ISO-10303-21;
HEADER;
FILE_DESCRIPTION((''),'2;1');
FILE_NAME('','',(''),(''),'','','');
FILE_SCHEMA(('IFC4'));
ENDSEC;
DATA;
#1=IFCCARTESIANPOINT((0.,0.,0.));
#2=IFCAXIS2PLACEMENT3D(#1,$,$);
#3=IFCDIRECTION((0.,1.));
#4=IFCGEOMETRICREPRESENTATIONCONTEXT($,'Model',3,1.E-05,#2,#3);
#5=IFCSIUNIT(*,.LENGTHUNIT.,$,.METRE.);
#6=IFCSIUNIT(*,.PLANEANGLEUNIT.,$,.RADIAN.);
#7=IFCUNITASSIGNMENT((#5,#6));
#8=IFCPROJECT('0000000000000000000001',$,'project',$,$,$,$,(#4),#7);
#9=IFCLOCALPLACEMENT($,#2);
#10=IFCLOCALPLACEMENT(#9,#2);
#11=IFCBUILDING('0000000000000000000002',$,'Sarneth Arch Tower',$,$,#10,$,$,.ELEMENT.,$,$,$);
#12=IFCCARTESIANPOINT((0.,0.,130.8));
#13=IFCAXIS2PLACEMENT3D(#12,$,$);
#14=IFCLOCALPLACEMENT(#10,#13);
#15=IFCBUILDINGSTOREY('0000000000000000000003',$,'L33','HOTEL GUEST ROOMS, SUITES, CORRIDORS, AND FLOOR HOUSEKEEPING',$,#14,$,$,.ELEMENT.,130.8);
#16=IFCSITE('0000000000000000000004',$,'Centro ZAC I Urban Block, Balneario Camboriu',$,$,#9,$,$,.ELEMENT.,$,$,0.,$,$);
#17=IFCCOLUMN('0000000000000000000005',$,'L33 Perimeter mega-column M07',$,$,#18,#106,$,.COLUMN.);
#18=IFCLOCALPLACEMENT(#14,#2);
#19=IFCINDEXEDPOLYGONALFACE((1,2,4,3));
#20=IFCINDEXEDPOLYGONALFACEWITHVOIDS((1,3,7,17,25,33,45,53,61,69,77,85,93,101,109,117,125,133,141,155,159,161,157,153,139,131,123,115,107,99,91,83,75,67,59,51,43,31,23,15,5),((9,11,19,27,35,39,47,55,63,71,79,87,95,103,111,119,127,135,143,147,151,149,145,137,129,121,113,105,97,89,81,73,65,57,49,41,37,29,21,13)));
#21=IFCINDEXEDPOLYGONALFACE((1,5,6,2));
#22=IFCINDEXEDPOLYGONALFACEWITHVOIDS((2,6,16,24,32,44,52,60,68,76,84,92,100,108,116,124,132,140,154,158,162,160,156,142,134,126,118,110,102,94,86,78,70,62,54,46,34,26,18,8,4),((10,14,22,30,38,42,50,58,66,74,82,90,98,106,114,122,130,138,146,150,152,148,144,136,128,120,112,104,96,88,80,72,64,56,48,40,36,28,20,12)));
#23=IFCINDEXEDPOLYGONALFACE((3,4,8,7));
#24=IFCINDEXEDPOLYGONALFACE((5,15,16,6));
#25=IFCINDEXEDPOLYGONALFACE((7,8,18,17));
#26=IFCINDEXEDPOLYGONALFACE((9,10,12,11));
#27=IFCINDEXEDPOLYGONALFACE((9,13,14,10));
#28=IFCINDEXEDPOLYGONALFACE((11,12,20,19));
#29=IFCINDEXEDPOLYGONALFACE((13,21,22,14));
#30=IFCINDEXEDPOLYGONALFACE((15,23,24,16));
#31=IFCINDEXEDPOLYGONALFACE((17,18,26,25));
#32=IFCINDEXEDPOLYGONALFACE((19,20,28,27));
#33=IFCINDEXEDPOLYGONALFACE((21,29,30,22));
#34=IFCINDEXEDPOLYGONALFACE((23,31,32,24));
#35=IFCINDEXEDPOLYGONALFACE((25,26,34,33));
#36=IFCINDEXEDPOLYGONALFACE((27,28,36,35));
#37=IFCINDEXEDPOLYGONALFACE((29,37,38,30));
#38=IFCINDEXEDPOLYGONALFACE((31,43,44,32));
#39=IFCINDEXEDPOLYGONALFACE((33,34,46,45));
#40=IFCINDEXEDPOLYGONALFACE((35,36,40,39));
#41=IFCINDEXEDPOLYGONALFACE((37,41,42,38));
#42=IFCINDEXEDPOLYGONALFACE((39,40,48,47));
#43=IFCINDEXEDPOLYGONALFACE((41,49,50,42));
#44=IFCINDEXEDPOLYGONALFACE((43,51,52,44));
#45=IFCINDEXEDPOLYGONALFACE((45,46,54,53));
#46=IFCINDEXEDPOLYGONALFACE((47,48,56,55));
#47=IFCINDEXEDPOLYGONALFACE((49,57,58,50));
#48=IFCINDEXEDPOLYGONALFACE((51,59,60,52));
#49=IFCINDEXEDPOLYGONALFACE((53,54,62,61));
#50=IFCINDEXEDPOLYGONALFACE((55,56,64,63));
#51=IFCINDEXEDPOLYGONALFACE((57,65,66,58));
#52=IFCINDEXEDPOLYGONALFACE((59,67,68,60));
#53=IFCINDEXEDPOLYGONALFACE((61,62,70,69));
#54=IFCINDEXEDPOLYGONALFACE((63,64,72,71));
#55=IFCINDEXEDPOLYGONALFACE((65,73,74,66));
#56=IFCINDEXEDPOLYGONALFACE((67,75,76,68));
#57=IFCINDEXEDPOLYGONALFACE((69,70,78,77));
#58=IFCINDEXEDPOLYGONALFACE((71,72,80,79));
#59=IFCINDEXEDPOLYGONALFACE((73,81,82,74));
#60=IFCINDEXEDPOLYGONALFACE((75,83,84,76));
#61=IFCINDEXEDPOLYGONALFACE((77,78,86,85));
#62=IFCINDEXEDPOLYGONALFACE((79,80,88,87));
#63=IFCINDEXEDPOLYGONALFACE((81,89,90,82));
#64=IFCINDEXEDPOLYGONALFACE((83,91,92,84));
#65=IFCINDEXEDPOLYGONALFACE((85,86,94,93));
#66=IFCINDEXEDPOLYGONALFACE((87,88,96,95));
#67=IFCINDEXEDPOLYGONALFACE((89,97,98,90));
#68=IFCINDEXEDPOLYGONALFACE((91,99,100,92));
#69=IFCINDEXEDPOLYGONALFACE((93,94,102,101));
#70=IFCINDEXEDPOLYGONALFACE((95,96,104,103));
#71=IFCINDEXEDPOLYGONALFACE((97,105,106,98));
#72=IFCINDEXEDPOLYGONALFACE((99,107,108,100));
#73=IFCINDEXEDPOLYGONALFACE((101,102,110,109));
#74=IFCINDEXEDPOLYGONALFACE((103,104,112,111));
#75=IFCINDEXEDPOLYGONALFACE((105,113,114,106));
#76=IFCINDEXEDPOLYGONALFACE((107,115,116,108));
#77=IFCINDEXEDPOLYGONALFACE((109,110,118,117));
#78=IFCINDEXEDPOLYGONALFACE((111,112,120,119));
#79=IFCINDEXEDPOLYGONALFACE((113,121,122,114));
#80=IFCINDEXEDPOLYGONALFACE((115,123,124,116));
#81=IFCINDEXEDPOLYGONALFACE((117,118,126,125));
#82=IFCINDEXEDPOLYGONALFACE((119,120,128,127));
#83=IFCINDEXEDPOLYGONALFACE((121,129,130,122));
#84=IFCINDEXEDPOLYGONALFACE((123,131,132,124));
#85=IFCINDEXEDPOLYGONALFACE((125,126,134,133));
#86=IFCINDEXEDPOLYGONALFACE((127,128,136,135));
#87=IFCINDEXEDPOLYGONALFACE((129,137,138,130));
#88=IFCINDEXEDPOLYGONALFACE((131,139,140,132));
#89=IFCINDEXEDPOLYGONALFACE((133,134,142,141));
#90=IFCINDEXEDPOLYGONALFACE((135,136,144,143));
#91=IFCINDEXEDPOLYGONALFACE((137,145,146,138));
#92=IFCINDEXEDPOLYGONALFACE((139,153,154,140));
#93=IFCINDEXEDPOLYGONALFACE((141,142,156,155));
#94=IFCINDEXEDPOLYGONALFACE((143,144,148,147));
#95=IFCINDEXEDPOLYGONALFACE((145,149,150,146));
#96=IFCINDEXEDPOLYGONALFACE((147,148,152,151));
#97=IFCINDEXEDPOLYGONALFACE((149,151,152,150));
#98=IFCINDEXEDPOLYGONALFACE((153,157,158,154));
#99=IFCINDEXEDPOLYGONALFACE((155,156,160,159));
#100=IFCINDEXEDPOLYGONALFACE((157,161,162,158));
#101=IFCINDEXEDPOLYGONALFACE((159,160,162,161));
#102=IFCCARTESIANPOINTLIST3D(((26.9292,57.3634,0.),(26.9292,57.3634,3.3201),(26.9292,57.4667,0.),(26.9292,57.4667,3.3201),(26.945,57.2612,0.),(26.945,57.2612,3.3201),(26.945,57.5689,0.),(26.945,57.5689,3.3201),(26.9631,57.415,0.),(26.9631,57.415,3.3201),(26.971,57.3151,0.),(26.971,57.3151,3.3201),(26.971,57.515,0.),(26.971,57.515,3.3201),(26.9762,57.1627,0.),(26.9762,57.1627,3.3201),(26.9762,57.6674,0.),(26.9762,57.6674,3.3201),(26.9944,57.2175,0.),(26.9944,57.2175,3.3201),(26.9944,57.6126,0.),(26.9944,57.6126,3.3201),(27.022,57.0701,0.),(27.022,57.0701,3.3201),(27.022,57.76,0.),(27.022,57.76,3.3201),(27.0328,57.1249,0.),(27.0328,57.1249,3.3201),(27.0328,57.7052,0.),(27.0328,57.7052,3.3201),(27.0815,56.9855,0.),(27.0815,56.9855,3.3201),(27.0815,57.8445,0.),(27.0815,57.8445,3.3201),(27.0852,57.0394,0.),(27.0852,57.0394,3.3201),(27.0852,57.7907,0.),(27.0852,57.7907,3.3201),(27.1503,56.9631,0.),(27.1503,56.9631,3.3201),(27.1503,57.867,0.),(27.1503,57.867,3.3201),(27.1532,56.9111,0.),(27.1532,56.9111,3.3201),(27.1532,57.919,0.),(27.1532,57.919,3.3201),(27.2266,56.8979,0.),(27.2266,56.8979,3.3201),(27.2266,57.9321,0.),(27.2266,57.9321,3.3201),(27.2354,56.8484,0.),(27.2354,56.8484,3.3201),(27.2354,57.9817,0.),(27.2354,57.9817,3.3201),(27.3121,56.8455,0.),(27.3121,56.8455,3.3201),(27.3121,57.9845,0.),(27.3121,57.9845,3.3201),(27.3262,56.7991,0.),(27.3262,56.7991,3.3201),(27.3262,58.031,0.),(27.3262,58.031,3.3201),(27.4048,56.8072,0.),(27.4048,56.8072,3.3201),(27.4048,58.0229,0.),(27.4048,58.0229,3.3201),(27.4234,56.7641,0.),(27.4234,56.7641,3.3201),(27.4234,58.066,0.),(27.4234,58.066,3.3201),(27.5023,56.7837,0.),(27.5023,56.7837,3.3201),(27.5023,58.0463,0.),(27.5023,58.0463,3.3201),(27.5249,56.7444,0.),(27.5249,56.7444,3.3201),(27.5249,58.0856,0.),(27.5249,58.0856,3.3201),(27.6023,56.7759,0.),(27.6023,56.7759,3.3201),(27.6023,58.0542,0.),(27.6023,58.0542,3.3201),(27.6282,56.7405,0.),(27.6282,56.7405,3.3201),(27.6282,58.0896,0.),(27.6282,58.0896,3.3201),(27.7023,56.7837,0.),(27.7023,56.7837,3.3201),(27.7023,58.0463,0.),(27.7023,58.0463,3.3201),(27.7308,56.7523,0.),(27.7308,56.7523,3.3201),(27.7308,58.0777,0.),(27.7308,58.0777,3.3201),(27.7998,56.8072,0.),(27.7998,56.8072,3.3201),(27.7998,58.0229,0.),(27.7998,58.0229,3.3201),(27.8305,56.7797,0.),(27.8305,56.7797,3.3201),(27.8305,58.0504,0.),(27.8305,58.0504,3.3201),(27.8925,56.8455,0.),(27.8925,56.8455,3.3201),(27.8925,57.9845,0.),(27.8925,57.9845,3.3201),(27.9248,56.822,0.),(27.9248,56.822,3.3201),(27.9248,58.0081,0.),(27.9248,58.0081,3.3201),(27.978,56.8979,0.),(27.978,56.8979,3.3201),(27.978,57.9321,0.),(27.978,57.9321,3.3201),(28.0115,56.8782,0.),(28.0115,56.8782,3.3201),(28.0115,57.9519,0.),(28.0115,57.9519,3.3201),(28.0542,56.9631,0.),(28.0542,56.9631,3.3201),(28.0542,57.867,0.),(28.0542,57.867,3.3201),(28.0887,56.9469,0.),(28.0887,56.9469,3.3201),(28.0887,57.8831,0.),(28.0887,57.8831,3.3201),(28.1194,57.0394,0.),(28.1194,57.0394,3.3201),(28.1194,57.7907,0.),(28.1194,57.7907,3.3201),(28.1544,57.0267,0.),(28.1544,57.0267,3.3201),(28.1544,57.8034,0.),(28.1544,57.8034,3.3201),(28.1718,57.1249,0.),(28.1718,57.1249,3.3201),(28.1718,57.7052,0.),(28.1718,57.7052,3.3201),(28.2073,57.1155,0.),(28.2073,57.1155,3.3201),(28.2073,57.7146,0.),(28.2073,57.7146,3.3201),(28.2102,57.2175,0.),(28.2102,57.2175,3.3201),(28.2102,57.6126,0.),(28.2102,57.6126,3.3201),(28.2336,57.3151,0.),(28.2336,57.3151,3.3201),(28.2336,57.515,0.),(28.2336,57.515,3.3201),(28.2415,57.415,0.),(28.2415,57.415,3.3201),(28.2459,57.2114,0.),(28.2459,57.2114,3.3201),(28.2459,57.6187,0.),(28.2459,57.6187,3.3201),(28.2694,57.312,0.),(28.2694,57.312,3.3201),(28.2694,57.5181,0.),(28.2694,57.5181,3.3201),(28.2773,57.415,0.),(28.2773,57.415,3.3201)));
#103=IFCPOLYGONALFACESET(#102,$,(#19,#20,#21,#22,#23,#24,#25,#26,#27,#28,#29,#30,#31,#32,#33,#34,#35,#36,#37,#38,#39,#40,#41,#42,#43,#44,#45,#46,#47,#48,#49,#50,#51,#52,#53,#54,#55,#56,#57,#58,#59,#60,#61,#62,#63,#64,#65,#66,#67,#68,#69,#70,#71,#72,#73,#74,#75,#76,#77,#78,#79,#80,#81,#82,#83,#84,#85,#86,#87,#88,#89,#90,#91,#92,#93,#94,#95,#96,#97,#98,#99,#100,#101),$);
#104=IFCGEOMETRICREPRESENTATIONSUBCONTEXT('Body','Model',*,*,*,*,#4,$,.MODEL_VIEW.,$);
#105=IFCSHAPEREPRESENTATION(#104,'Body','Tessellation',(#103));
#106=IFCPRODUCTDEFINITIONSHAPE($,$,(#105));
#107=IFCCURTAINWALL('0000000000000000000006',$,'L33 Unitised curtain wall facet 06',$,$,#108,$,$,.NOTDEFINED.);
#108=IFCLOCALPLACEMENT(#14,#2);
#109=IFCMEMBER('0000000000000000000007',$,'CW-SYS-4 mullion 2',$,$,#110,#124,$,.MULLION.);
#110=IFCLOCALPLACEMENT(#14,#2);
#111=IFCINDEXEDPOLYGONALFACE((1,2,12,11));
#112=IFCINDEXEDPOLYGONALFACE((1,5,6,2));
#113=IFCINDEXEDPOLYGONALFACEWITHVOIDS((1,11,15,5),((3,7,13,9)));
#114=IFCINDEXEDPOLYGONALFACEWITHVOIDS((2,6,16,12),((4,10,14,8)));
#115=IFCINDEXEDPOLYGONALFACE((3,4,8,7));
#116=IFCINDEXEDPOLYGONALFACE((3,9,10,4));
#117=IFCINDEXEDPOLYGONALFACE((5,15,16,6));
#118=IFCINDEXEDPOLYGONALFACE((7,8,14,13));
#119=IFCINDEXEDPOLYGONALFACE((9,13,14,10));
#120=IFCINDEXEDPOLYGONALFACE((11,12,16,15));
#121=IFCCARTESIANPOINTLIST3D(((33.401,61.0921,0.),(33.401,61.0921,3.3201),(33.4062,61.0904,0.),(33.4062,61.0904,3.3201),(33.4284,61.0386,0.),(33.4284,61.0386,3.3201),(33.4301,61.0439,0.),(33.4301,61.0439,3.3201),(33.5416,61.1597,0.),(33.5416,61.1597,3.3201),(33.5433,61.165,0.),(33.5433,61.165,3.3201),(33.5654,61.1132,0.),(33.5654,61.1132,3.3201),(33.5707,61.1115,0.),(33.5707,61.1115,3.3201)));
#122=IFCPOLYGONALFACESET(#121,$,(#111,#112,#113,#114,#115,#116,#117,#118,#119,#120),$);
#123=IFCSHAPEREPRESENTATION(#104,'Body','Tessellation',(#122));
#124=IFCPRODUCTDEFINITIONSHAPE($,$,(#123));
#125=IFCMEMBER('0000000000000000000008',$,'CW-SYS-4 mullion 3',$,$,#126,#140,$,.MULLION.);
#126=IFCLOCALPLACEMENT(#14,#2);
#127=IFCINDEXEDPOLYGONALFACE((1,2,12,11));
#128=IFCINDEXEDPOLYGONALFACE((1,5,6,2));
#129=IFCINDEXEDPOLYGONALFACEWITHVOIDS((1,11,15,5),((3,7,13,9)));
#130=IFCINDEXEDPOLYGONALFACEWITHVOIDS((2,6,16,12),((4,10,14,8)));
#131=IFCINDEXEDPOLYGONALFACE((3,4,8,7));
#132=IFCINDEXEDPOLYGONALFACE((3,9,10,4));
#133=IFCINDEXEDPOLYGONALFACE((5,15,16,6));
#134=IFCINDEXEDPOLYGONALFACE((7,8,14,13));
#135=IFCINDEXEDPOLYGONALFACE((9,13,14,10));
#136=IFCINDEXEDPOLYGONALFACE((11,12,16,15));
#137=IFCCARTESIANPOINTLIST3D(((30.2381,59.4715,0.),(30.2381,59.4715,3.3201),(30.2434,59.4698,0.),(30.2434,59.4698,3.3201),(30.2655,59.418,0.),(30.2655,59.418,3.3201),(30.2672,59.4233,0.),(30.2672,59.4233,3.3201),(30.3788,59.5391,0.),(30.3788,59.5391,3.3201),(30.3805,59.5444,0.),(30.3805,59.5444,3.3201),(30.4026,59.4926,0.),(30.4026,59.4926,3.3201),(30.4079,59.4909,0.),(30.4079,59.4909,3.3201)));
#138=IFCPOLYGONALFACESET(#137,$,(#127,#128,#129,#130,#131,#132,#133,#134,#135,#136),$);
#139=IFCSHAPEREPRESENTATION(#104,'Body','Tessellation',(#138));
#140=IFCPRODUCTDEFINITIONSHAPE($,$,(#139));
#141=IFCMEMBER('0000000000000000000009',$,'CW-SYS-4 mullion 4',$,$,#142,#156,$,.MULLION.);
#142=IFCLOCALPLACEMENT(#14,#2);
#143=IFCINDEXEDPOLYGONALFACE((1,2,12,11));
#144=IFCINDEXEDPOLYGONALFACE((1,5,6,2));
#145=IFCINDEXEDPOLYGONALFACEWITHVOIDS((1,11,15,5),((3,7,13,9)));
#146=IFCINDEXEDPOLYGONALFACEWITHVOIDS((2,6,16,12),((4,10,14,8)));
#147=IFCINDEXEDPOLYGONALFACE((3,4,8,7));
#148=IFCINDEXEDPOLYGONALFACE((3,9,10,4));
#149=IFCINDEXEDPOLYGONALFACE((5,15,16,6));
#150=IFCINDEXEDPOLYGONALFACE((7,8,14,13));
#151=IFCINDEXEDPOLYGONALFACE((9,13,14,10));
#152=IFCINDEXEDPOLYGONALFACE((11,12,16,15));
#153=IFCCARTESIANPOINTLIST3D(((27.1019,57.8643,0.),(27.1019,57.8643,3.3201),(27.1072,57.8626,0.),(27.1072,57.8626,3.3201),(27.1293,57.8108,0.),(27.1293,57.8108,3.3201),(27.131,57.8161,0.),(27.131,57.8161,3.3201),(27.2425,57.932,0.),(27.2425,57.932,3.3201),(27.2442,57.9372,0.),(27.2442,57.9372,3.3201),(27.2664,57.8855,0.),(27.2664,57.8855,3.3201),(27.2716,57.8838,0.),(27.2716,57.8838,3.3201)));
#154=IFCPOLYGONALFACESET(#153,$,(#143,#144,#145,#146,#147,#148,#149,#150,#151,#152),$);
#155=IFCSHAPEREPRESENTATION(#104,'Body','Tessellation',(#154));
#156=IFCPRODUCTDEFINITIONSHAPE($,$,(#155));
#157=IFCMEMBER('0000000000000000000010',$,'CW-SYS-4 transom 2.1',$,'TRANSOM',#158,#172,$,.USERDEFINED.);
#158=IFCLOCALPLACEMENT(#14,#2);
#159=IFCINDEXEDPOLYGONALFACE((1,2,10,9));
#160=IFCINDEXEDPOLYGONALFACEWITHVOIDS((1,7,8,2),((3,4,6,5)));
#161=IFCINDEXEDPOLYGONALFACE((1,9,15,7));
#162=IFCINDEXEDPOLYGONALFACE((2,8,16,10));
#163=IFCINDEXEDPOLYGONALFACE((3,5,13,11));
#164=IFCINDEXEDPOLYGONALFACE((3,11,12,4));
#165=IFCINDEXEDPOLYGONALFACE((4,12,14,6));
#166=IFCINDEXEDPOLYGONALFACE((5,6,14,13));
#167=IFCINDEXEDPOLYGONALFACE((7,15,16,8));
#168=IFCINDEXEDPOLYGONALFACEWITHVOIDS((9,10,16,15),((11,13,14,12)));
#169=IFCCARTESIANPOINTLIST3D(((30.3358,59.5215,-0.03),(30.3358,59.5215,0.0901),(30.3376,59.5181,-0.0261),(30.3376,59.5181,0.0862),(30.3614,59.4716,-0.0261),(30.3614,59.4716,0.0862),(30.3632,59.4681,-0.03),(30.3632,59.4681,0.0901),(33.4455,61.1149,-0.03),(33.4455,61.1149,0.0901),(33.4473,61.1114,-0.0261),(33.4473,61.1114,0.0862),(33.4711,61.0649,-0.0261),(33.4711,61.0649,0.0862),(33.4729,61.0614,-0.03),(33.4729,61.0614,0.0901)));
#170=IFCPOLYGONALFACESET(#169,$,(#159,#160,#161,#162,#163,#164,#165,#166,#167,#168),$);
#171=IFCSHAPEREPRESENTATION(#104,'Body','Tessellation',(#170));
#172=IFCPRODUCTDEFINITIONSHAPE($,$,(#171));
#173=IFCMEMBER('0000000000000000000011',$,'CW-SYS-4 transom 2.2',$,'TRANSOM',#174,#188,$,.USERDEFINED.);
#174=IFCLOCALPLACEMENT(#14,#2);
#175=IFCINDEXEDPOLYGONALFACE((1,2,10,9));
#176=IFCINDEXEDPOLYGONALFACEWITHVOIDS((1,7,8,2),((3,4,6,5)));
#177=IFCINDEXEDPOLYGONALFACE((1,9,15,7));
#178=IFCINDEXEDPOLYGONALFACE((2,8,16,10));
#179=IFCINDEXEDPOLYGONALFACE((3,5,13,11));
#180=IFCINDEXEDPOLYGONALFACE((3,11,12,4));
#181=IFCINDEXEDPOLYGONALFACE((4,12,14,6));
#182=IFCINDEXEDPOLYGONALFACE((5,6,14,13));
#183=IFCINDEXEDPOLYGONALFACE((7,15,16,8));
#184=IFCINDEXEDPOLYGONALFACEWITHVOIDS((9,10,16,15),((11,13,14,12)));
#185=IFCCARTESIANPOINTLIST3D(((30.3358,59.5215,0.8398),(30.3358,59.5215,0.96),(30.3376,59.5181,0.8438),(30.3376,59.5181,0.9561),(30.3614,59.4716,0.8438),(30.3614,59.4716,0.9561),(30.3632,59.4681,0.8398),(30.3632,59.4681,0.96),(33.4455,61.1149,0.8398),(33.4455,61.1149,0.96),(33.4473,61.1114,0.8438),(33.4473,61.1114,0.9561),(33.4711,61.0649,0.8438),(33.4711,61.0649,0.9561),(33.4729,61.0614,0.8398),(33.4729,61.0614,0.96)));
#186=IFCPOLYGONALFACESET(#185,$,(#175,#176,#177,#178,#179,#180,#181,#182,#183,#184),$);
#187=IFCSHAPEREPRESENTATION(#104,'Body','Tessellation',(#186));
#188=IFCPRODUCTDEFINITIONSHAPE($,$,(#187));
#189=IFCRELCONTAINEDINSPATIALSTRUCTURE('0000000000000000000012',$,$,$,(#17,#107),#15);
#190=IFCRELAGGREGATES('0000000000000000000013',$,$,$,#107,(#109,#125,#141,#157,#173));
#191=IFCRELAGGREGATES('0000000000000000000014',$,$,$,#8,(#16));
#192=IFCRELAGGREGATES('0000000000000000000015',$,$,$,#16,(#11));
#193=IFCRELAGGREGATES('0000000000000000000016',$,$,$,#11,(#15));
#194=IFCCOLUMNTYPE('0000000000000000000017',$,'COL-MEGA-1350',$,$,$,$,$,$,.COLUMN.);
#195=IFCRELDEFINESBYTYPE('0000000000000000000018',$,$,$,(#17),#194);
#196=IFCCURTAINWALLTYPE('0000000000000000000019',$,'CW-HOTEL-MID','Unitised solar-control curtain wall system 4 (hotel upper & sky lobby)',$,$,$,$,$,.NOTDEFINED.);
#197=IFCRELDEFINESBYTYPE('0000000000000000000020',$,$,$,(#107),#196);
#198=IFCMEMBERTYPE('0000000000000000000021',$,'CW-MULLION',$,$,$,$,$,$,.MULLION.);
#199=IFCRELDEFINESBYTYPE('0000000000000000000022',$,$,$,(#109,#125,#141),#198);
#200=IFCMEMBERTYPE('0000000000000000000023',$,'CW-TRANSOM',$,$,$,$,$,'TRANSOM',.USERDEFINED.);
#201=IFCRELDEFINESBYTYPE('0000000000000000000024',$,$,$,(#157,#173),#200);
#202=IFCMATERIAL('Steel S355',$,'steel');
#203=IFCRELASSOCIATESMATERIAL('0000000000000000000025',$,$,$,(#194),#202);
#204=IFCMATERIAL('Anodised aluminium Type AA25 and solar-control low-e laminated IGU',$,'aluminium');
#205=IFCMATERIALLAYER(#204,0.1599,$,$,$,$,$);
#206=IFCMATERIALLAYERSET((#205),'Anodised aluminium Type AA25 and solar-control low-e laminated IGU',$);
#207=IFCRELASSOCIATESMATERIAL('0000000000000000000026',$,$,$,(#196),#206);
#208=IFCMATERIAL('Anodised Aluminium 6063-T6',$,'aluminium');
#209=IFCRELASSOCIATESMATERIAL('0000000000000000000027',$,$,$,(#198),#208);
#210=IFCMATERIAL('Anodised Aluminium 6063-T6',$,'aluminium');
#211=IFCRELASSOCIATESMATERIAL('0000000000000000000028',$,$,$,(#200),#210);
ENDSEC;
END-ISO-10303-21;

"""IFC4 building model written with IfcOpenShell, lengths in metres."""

from ifc_helpers import new_model, si_unit, direction, frame, origin, origin_2d, place, context, subcontext, project, spatial, hollow_rectangle, hollow_circle, extrude, material, layer, layer_set, material_profile, profile_set, type_object, element, aggregate, save


model = new_model("IFC4")

# Units and contexts
model_context = context("Model", 3, precision=1e-05, world=origin(), true_north=direction((0.0, 1.0)))
body_context = subcontext(model_context, "Body", "Model", "MODEL_VIEW")
ifc_project = project(units=[si_unit("LENGTHUNIT", "METRE"), si_unit("PLANEANGLEUNIT", "RADIAN")], contexts=[model_context])

# Site, building, storey
site_placement = place(None, origin())
site = spatial("IfcSite", under=ifc_project, at=site_placement, Name="Centro ZAC I Urban Block, Balneario Camboriu", CompositionType="ELEMENT", RefElevation=0.0)
building_placement = place(site_placement, origin())
building = spatial("IfcBuilding", under=site, at=building_placement, Name="Sarneth Arch Tower", CompositionType="ELEMENT")
storey_placement = place(building_placement, frame((0.0, 0.0, 130.8)))
storey = spatial("IfcBuildingStorey", under=building, at=storey_placement, Name="L33", Description="HOTEL GUEST ROOMS, SUITES, CORRIDORS, AND FLOOR HOUSEKEEPING", CompositionType="ELEMENT", Elevation=130.8)

# Column
ifc_material_1 = material(Name="Steel S355", Category="steel")
ifc_material_profile_1 = material_profile(ifc_material_1, hollow_circle(Radius=0.675, WallThickness=0.0359, at=origin_2d()), Name="CHS1350x36")
ifc_profile_set_1 = profile_set([ifc_material_profile_1], Name="Steel S355")
column_type = type_object("IfcColumnType", Name="COL-MEGA-1350", PredefinedType="COLUMN", material=ifc_profile_set_1)
column_placement = place(storey_placement, frame((27.6023, 57.415, 0.0), z_axis=(0.0, 0.0, 1.0), x_axis=(1.0, 0.0, 0.0)))
element("IfcColumn", 1, at=column_placement, inside=storey, type_object=column_type, Name="L33 Perimeter mega-column M07", PredefinedType="COLUMN", context=body_context, shape_type="SweptSolid", body=[
    extrude(hollow_circle(Radius=0.675, WallThickness=0.0359, at=origin_2d()), origin(), (0.0, 0.0, 1.0), 3.3201),
])

# Curtain wall, members
ifc_material_2 = material(Name="Anodised aluminium Type AA25 and solar-control low-e laminated IGU", Category="aluminium")
ifc_layer_1 = layer(ifc_material_2, 0.1599)
ifc_layer_set_1 = layer_set([ifc_layer_1], Name="Anodised aluminium Type AA25 and solar-control low-e laminated IGU")
curtain_wall_type = type_object("IfcCurtainWallType", Name="CW-HOTEL-MID", Description="Unitised solar-control curtain wall system 4 (hotel upper & sky lobby)", PredefinedType="NOTDEFINED", material=ifc_layer_set_1)
curtain_wall_placement = place(storey_placement, origin())
curtain_wall = element("IfcCurtainWall", 2, at=curtain_wall_placement, inside=storey, type_object=curtain_wall_type, Name="L33 Unitised curtain wall facet 06", PredefinedType="NOTDEFINED")
ifc_material_3 = material(Name="Anodised Aluminium 6063-T6", Category="aluminium")
ifc_material_profile_2 = material_profile(ifc_material_3, hollow_rectangle(XDim=0.0601, YDim=0.1599, WallThickness=0.0039, at=origin_2d()), Name="AL-MULL-160x60x4")
ifc_profile_set_2 = profile_set([ifc_material_profile_2], Name="Anodised Aluminium 6063-T6")
member_type_1 = type_object("IfcMemberType", Name="CW-MULLION", PredefinedType="MULLION", material=ifc_profile_set_2)
member_1_placement = place(storey_placement, frame((33.4858, 61.1018, 0.0), z_axis=(0.0, 0.0, 1.0), x_axis=(0.456031, -0.889964, 0.0)))
member_1 = element("IfcMember", 3, at=member_1_placement, type_object=member_type_1, Name="CW-SYS-4 mullion 2", PredefinedType="MULLION", context=body_context, shape_type="SweptSolid", body=[
    extrude(hollow_rectangle(XDim=0.0601, YDim=0.1599, WallThickness=0.0039, at=origin_2d()), origin(), (0.0, 0.0, 1.0), 3.3201),
])
member_2_placement = place(storey_placement, frame((30.323, 59.4812, 0.0), z_axis=(0.0, 0.0, 1.0), x_axis=(0.456031, -0.889964, 0.0)))
member_2 = element("IfcMember", 4, at=member_2_placement, type_object=member_type_1, Name="CW-SYS-4 mullion 3", PredefinedType="MULLION", context=body_context, shape_type="SweptSolid", body=[
    extrude(hollow_rectangle(XDim=0.0601, YDim=0.1599, WallThickness=0.0039, at=origin_2d()), origin(), (0.0, 0.0, 1.0), 3.3201),
])
member_3_placement = place(storey_placement, frame((27.1868, 57.874, 0.0), z_axis=(0.0, 0.0, 1.0), x_axis=(0.456031, -0.889964, 0.0)))
member_3 = element("IfcMember", 5, at=member_3_placement, type_object=member_type_1, Name="CW-SYS-4 mullion 4", PredefinedType="MULLION", context=body_context, shape_type="SweptSolid", body=[
    extrude(hollow_rectangle(XDim=0.0601, YDim=0.1599, WallThickness=0.0039, at=origin_2d()), origin(), (0.0, 0.0, 1.0), 3.3201),
])
ifc_material_4 = material(Name="Anodised Aluminium 6063-T6", Category="aluminium")
ifc_material_profile_3 = material_profile(ifc_material_4, hollow_rectangle(XDim=0.0601, YDim=0.1201, WallThickness=0.0039, at=origin_2d()), Name="AL-TRAN-120x60x4")
ifc_profile_set_3 = profile_set([ifc_material_profile_3], Name="Anodised Aluminium 6063-T6")
member_type_2 = type_object("IfcMemberType", Name="CW-TRANSOM", ElementType="TRANSOM", PredefinedType="USERDEFINED", material=ifc_profile_set_3)
member_4_placement = place(storey_placement, frame((33.4592, 61.0881, 0.03), z_axis=(-0.889982, -0.455996, 0.0), x_axis=(0.455996, -0.889982, 0.0)))
member_4 = element("IfcMember", 6, at=member_4_placement, type_object=member_type_2, Name="CW-SYS-4 transom 2.1", ObjectType="TRANSOM", PredefinedType="USERDEFINED", context=body_context, shape_type="SweptSolid", body=[
    extrude(hollow_rectangle(XDim=0.0601, YDim=0.1201, WallThickness=0.0039, at=origin_2d()), origin(), (0.0, 0.0, 1.0), 3.4941),
])
member_5_placement = place(storey_placement, frame((33.4592, 61.0881, 0.8999), z_axis=(-0.889982, -0.455996, 0.0), x_axis=(0.455996, -0.889982, 0.0)))
member_5 = element("IfcMember", 7, at=member_5_placement, type_object=member_type_2, Name="CW-SYS-4 transom 2.2", ObjectType="TRANSOM", PredefinedType="USERDEFINED", context=body_context, shape_type="SweptSolid", body=[
    extrude(hollow_rectangle(XDim=0.0601, YDim=0.1201, WallThickness=0.0039, at=origin_2d()), origin(), (0.0, 0.0, 1.0), 3.4941),
])

aggregate(curtain_wall, [member_1, member_2, member_3, member_4, member_5])

save(model, "model.ifc")
